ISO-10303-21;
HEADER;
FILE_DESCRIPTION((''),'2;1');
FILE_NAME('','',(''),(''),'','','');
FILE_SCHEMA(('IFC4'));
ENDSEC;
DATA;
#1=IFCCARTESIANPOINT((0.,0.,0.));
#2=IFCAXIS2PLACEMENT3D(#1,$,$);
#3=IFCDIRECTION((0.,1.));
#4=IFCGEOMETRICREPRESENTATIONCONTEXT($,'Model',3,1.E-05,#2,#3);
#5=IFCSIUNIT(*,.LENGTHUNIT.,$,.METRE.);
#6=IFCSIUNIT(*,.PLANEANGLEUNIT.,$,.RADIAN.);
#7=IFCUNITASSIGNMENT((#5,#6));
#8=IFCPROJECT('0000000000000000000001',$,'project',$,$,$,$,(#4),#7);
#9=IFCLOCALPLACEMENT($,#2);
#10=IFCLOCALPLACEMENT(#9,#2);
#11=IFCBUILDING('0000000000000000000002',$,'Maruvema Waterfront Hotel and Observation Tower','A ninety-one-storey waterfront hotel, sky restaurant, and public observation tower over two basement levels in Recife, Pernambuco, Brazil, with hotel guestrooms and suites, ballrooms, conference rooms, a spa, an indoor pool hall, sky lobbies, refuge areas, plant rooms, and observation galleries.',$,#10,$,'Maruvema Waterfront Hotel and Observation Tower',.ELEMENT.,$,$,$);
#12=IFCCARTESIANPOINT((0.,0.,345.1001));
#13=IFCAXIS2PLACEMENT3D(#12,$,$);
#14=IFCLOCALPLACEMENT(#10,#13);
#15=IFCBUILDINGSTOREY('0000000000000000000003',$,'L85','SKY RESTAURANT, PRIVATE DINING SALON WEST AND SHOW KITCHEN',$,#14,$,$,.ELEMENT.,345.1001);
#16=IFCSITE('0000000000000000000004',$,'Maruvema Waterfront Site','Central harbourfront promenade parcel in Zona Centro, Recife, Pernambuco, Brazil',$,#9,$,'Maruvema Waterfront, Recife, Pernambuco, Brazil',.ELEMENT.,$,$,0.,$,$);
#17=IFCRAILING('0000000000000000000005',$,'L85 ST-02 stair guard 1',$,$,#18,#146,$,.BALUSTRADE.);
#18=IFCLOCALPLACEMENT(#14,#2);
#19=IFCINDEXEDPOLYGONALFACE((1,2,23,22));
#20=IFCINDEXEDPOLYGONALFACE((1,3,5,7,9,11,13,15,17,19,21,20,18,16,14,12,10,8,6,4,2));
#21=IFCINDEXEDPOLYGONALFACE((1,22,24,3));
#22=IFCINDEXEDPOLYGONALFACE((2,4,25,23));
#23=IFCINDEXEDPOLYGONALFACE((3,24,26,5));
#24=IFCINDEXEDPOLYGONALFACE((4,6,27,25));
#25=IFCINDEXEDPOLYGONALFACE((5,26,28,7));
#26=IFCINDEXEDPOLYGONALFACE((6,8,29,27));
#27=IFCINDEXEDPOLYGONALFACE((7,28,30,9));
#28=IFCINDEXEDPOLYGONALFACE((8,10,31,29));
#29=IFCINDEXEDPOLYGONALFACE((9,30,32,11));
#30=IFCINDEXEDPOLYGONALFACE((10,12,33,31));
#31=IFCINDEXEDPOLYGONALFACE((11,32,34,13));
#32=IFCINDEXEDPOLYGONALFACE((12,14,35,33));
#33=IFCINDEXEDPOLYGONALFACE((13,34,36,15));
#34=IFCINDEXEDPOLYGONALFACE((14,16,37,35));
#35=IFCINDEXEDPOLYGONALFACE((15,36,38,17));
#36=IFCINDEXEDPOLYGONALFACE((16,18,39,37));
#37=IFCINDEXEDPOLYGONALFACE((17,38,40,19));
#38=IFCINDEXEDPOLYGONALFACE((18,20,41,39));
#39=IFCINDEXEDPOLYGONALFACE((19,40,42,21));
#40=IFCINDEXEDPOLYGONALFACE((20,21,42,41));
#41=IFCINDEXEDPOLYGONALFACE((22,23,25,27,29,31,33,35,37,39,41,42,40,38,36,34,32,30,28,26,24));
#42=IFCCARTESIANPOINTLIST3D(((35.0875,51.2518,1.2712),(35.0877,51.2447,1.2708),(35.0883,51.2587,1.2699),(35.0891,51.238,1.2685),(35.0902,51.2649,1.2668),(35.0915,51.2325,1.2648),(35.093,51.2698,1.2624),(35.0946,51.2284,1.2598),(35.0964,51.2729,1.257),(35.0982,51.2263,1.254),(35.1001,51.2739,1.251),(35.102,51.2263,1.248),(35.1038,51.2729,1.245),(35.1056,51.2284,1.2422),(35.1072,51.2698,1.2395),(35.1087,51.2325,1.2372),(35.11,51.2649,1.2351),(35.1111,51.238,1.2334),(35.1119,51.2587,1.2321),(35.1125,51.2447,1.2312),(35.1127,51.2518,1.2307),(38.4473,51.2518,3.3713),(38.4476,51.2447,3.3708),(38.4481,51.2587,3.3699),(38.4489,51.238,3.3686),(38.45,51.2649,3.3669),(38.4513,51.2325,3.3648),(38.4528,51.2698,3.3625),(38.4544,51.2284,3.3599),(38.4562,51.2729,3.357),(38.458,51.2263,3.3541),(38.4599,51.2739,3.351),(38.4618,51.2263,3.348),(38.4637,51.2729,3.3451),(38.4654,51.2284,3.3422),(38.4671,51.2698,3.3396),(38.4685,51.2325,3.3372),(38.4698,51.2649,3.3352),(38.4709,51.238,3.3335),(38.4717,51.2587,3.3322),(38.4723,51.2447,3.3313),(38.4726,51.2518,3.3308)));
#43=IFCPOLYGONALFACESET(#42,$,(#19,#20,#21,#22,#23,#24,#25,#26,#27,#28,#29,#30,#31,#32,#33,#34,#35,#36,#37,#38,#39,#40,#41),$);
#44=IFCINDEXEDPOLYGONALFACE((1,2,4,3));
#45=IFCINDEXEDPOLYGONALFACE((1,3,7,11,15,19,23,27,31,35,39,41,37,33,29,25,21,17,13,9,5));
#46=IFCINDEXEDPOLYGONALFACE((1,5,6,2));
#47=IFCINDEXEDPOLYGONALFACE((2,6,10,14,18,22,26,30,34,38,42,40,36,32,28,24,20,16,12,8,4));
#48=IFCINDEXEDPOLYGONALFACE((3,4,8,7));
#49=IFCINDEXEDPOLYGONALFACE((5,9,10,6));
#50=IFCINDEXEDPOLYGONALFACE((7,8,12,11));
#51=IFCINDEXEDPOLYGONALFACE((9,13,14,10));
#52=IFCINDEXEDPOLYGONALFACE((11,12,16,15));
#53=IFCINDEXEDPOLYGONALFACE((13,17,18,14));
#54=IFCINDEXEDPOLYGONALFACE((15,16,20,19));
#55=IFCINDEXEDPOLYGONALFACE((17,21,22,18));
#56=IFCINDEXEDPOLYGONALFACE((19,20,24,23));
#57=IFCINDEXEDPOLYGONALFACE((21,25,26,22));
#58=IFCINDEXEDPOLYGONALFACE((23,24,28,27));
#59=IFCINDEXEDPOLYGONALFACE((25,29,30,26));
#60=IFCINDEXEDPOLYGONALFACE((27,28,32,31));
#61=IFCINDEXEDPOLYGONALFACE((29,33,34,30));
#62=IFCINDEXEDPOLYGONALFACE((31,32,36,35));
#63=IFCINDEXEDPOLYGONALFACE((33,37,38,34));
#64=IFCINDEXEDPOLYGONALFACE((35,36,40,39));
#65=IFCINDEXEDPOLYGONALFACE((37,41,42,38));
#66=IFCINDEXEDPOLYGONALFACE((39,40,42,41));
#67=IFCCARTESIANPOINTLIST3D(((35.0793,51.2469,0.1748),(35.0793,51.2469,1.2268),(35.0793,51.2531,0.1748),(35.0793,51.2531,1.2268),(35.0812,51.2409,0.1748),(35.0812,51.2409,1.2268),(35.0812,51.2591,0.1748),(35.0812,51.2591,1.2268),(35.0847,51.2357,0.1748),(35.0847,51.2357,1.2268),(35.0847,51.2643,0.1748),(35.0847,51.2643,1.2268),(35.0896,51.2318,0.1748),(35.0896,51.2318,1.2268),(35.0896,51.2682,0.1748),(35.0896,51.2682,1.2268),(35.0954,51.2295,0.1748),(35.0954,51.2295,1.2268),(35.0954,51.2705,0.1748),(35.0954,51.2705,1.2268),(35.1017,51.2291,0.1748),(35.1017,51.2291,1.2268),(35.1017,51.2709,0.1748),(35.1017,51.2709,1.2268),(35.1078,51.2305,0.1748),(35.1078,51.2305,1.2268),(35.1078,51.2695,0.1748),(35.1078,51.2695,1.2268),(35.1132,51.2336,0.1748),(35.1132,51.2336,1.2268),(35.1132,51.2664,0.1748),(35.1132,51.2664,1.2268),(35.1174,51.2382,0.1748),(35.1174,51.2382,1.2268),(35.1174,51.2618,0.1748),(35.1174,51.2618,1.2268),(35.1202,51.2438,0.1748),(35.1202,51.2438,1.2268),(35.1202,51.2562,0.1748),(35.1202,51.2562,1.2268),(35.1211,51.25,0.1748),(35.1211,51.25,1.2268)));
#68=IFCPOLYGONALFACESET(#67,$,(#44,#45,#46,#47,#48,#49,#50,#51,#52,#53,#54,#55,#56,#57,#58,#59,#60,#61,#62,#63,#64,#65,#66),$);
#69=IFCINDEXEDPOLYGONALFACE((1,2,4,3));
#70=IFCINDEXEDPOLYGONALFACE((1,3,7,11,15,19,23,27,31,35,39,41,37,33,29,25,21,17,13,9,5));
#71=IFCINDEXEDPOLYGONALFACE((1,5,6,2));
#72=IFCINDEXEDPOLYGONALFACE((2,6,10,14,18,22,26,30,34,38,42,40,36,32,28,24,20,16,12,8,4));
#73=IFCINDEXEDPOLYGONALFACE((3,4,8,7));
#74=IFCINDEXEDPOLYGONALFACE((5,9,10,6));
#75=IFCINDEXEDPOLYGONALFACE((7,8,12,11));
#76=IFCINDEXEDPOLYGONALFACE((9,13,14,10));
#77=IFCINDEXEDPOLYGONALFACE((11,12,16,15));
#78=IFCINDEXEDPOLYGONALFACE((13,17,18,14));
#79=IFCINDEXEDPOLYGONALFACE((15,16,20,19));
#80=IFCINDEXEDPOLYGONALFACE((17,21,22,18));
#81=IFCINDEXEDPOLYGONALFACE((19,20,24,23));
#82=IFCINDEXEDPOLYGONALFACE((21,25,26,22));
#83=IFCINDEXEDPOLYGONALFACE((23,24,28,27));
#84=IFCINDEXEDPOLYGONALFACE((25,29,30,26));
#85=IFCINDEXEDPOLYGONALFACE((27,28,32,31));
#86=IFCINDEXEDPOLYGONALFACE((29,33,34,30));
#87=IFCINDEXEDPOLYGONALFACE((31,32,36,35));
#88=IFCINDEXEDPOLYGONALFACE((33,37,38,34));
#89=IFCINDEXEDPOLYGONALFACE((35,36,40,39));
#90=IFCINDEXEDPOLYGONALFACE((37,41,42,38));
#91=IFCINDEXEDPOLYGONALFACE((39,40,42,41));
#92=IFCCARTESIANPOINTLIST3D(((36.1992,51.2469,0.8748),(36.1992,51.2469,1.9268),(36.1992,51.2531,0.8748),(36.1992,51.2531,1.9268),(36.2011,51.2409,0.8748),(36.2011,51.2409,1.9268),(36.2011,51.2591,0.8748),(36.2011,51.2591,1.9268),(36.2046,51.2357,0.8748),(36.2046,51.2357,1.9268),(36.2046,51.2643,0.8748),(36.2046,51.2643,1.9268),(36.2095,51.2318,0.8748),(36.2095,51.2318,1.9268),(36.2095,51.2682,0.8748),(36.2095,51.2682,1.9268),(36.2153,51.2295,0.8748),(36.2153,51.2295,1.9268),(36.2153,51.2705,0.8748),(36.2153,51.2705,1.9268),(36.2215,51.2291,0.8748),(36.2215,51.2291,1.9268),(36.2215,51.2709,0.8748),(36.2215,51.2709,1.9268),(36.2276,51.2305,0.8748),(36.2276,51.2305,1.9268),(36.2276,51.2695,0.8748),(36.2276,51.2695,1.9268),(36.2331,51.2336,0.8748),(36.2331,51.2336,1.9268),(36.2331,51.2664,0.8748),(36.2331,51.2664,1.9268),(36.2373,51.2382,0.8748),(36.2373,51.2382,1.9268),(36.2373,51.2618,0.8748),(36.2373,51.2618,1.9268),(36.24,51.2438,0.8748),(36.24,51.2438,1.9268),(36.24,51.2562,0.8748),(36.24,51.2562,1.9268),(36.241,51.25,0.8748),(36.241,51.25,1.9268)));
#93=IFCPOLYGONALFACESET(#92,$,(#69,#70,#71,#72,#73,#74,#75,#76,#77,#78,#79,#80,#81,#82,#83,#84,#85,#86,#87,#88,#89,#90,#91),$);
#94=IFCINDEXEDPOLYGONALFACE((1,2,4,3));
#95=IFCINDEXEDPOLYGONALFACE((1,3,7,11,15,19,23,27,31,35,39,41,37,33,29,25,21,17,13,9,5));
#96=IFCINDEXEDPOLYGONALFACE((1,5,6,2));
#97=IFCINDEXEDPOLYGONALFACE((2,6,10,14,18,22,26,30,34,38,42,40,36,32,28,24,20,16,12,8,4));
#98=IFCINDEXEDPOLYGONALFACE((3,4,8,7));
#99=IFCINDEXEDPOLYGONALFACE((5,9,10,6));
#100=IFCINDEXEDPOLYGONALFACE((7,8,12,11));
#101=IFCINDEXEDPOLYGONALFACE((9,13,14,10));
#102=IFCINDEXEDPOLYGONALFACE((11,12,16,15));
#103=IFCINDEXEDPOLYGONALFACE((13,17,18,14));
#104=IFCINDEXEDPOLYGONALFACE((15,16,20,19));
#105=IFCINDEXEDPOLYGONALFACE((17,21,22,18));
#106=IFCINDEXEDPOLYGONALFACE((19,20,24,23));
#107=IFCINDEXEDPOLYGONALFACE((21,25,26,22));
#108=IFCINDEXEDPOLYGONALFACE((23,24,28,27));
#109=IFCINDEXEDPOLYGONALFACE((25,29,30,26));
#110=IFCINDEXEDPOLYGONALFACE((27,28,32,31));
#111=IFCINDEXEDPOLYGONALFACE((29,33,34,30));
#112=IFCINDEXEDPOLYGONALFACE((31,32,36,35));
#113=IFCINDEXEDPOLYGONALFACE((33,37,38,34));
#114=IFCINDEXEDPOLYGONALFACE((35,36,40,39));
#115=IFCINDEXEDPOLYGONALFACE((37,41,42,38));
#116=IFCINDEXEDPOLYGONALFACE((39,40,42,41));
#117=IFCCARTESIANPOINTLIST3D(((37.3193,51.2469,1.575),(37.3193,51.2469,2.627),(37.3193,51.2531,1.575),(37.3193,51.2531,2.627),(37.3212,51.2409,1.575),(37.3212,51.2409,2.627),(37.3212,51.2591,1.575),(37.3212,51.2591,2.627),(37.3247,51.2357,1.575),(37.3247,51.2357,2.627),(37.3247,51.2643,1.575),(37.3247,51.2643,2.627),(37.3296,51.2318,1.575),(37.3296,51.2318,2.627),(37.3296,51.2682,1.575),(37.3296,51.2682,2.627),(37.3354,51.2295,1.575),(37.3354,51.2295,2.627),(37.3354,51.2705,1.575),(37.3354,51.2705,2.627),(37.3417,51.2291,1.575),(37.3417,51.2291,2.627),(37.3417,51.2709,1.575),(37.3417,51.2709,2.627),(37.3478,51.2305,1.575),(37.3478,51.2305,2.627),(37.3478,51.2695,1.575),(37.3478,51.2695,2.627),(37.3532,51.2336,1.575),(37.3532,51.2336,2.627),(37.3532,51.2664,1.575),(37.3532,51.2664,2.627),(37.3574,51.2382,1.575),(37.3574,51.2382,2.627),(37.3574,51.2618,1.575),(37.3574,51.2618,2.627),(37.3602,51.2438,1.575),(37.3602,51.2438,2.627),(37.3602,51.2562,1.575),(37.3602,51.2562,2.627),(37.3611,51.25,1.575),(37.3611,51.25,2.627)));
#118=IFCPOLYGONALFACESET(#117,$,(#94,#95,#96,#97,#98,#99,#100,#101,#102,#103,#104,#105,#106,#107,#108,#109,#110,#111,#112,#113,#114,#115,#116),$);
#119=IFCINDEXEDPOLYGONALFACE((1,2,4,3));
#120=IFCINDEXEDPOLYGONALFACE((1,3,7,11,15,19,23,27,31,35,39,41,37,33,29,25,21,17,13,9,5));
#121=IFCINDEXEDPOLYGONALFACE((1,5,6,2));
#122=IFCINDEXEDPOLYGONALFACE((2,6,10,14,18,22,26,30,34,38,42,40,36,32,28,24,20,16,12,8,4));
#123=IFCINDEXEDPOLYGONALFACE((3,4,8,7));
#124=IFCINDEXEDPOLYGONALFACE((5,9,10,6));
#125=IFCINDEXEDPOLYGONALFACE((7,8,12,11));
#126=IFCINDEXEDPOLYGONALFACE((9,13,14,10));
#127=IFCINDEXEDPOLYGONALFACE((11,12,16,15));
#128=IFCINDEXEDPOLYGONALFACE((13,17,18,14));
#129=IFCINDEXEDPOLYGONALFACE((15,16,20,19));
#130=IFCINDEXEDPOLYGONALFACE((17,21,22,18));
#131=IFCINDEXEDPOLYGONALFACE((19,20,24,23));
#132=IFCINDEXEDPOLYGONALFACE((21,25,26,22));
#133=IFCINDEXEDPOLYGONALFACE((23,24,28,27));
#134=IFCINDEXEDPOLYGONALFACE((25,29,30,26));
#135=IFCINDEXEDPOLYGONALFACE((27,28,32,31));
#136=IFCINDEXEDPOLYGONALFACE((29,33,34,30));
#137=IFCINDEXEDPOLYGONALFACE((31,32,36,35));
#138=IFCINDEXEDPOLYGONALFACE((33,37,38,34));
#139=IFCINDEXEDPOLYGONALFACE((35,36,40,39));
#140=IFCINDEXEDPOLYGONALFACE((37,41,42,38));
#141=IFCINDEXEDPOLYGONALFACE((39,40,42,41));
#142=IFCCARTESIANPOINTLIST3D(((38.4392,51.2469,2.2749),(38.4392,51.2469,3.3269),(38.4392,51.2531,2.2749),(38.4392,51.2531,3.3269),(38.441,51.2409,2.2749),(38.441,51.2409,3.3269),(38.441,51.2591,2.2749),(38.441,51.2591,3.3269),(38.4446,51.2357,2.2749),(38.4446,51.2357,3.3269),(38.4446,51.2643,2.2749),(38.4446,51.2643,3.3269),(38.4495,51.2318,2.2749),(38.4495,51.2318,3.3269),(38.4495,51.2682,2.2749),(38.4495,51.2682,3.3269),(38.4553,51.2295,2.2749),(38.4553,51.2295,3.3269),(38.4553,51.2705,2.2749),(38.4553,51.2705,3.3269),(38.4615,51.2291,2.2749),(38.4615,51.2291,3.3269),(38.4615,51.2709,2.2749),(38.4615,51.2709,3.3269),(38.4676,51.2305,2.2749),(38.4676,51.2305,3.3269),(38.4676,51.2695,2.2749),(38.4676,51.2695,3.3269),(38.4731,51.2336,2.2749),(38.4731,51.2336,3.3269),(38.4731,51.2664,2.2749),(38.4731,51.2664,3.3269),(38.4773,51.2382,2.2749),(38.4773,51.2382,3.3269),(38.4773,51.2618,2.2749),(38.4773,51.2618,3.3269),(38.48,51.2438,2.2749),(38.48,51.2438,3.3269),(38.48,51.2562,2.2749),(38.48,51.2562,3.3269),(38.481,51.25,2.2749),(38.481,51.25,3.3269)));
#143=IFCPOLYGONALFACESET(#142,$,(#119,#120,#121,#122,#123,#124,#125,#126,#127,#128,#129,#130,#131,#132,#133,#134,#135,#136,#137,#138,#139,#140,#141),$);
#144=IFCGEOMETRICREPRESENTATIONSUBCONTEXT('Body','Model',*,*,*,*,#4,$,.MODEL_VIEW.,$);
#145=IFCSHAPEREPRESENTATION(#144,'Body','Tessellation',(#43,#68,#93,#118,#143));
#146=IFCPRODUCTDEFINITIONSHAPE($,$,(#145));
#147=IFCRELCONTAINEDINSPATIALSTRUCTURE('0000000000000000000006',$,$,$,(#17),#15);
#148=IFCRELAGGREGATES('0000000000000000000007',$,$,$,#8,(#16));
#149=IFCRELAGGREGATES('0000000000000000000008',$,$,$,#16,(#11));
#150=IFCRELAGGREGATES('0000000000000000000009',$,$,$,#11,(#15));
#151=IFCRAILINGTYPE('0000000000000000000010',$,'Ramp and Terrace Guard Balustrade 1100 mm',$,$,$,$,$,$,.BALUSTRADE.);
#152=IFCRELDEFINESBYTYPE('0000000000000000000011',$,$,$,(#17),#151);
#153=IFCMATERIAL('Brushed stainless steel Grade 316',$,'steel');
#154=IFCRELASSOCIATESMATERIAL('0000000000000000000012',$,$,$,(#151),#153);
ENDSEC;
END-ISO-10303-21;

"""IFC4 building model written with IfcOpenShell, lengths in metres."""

from ifc_helpers import new_model, si_unit, direction, frame, origin, origin_2d, place, context, subcontext, project, spatial, circle, extrude, material, type_object, element, save


model = new_model("IFC4")

# Units and contexts
model_context = context("Model", 3, precision=1e-05, world=origin(), true_north=direction((0.0, 1.0)))
body_context = subcontext(model_context, "Body", "Model", "MODEL_VIEW")
ifc_project = project(units=[si_unit("LENGTHUNIT", "METRE"), si_unit("PLANEANGLEUNIT", "RADIAN")], contexts=[model_context])

# Site, building, storey
site_placement = place(None, origin())
site = spatial("IfcSite", under=ifc_project, at=site_placement, Name="Maruvema Waterfront Site", Description="Central harbourfront promenade parcel in Zona Centro, Recife, Pernambuco, Brazil", LongName="Maruvema Waterfront, Recife, Pernambuco, Brazil", CompositionType="ELEMENT", RefElevation=0.0)
building_placement = place(site_placement, origin())
building = spatial("IfcBuilding", under=site, at=building_placement, Name="Maruvema Waterfront Hotel and Observation Tower", Description="A ninety-one-storey waterfront hotel, sky restaurant, and public observation tower over two basement levels in Recife, Pernambuco, Brazil, with hotel guestrooms and suites, ballrooms, conference rooms, a spa, an indoor pool hall, sky lobbies, refuge areas, plant rooms, and observation galleries.", LongName="Maruvema Waterfront Hotel and Observation Tower", CompositionType="ELEMENT")
storey_placement = place(building_placement, frame((0.0, 0.0, 345.1001)))
storey = spatial("IfcBuildingStorey", under=building, at=storey_placement, Name="L85", Description="SKY RESTAURANT, PRIVATE DINING SALON WEST AND SHOW KITCHEN", CompositionType="ELEMENT", Elevation=345.1001)

# Railing
ifc_material_1 = material(Name="Brushed stainless steel Grade 316", Category="steel")
railing_type_1 = type_object("IfcRailingType", Name="Ramp and Terrace Guard Balustrade 1100 mm", PredefinedType="BALUSTRADE", material=ifc_material_1)
railing_1_placement = place(storey_placement, frame((35.1001, 51.25, 0.1748)))
element("IfcRailing", 1, at=railing_1_placement, inside=storey, type_object=railing_type_1, Name="L85 ST-02 stair guard 1", PredefinedType="BALUSTRADE", context=body_context, shape_type="SweptSolid", body=[
    extrude(circle(Radius=0.0239, at=origin_2d()), frame((0.0, 0.0, 1.0762), z_axis=(0.847978, 0.0, 0.530032), x_axis=(0.0, 1.0, 0.0)), (0.0, 0.0, 1.0), 3.9622),
    extrude(circle(Radius=0.021, at=origin_2d()), origin(), (0.0, 0.0, 1.0), 1.052),
    extrude(circle(Radius=0.021, at=origin_2d()), frame((1.1199, 0.0, 0.7)), (0.0, 0.0, 1.0), 1.052),
    extrude(circle(Radius=0.021, at=origin_2d()), frame((2.24, 0.0, 1.4001)), (0.0, 0.0, 1.0), 1.052),
    extrude(circle(Radius=0.021, at=origin_2d()), frame((3.3599, 0.0, 2.1001)), (0.0, 0.0, 1.0), 1.052),
])

save(model, "model.ifc")
